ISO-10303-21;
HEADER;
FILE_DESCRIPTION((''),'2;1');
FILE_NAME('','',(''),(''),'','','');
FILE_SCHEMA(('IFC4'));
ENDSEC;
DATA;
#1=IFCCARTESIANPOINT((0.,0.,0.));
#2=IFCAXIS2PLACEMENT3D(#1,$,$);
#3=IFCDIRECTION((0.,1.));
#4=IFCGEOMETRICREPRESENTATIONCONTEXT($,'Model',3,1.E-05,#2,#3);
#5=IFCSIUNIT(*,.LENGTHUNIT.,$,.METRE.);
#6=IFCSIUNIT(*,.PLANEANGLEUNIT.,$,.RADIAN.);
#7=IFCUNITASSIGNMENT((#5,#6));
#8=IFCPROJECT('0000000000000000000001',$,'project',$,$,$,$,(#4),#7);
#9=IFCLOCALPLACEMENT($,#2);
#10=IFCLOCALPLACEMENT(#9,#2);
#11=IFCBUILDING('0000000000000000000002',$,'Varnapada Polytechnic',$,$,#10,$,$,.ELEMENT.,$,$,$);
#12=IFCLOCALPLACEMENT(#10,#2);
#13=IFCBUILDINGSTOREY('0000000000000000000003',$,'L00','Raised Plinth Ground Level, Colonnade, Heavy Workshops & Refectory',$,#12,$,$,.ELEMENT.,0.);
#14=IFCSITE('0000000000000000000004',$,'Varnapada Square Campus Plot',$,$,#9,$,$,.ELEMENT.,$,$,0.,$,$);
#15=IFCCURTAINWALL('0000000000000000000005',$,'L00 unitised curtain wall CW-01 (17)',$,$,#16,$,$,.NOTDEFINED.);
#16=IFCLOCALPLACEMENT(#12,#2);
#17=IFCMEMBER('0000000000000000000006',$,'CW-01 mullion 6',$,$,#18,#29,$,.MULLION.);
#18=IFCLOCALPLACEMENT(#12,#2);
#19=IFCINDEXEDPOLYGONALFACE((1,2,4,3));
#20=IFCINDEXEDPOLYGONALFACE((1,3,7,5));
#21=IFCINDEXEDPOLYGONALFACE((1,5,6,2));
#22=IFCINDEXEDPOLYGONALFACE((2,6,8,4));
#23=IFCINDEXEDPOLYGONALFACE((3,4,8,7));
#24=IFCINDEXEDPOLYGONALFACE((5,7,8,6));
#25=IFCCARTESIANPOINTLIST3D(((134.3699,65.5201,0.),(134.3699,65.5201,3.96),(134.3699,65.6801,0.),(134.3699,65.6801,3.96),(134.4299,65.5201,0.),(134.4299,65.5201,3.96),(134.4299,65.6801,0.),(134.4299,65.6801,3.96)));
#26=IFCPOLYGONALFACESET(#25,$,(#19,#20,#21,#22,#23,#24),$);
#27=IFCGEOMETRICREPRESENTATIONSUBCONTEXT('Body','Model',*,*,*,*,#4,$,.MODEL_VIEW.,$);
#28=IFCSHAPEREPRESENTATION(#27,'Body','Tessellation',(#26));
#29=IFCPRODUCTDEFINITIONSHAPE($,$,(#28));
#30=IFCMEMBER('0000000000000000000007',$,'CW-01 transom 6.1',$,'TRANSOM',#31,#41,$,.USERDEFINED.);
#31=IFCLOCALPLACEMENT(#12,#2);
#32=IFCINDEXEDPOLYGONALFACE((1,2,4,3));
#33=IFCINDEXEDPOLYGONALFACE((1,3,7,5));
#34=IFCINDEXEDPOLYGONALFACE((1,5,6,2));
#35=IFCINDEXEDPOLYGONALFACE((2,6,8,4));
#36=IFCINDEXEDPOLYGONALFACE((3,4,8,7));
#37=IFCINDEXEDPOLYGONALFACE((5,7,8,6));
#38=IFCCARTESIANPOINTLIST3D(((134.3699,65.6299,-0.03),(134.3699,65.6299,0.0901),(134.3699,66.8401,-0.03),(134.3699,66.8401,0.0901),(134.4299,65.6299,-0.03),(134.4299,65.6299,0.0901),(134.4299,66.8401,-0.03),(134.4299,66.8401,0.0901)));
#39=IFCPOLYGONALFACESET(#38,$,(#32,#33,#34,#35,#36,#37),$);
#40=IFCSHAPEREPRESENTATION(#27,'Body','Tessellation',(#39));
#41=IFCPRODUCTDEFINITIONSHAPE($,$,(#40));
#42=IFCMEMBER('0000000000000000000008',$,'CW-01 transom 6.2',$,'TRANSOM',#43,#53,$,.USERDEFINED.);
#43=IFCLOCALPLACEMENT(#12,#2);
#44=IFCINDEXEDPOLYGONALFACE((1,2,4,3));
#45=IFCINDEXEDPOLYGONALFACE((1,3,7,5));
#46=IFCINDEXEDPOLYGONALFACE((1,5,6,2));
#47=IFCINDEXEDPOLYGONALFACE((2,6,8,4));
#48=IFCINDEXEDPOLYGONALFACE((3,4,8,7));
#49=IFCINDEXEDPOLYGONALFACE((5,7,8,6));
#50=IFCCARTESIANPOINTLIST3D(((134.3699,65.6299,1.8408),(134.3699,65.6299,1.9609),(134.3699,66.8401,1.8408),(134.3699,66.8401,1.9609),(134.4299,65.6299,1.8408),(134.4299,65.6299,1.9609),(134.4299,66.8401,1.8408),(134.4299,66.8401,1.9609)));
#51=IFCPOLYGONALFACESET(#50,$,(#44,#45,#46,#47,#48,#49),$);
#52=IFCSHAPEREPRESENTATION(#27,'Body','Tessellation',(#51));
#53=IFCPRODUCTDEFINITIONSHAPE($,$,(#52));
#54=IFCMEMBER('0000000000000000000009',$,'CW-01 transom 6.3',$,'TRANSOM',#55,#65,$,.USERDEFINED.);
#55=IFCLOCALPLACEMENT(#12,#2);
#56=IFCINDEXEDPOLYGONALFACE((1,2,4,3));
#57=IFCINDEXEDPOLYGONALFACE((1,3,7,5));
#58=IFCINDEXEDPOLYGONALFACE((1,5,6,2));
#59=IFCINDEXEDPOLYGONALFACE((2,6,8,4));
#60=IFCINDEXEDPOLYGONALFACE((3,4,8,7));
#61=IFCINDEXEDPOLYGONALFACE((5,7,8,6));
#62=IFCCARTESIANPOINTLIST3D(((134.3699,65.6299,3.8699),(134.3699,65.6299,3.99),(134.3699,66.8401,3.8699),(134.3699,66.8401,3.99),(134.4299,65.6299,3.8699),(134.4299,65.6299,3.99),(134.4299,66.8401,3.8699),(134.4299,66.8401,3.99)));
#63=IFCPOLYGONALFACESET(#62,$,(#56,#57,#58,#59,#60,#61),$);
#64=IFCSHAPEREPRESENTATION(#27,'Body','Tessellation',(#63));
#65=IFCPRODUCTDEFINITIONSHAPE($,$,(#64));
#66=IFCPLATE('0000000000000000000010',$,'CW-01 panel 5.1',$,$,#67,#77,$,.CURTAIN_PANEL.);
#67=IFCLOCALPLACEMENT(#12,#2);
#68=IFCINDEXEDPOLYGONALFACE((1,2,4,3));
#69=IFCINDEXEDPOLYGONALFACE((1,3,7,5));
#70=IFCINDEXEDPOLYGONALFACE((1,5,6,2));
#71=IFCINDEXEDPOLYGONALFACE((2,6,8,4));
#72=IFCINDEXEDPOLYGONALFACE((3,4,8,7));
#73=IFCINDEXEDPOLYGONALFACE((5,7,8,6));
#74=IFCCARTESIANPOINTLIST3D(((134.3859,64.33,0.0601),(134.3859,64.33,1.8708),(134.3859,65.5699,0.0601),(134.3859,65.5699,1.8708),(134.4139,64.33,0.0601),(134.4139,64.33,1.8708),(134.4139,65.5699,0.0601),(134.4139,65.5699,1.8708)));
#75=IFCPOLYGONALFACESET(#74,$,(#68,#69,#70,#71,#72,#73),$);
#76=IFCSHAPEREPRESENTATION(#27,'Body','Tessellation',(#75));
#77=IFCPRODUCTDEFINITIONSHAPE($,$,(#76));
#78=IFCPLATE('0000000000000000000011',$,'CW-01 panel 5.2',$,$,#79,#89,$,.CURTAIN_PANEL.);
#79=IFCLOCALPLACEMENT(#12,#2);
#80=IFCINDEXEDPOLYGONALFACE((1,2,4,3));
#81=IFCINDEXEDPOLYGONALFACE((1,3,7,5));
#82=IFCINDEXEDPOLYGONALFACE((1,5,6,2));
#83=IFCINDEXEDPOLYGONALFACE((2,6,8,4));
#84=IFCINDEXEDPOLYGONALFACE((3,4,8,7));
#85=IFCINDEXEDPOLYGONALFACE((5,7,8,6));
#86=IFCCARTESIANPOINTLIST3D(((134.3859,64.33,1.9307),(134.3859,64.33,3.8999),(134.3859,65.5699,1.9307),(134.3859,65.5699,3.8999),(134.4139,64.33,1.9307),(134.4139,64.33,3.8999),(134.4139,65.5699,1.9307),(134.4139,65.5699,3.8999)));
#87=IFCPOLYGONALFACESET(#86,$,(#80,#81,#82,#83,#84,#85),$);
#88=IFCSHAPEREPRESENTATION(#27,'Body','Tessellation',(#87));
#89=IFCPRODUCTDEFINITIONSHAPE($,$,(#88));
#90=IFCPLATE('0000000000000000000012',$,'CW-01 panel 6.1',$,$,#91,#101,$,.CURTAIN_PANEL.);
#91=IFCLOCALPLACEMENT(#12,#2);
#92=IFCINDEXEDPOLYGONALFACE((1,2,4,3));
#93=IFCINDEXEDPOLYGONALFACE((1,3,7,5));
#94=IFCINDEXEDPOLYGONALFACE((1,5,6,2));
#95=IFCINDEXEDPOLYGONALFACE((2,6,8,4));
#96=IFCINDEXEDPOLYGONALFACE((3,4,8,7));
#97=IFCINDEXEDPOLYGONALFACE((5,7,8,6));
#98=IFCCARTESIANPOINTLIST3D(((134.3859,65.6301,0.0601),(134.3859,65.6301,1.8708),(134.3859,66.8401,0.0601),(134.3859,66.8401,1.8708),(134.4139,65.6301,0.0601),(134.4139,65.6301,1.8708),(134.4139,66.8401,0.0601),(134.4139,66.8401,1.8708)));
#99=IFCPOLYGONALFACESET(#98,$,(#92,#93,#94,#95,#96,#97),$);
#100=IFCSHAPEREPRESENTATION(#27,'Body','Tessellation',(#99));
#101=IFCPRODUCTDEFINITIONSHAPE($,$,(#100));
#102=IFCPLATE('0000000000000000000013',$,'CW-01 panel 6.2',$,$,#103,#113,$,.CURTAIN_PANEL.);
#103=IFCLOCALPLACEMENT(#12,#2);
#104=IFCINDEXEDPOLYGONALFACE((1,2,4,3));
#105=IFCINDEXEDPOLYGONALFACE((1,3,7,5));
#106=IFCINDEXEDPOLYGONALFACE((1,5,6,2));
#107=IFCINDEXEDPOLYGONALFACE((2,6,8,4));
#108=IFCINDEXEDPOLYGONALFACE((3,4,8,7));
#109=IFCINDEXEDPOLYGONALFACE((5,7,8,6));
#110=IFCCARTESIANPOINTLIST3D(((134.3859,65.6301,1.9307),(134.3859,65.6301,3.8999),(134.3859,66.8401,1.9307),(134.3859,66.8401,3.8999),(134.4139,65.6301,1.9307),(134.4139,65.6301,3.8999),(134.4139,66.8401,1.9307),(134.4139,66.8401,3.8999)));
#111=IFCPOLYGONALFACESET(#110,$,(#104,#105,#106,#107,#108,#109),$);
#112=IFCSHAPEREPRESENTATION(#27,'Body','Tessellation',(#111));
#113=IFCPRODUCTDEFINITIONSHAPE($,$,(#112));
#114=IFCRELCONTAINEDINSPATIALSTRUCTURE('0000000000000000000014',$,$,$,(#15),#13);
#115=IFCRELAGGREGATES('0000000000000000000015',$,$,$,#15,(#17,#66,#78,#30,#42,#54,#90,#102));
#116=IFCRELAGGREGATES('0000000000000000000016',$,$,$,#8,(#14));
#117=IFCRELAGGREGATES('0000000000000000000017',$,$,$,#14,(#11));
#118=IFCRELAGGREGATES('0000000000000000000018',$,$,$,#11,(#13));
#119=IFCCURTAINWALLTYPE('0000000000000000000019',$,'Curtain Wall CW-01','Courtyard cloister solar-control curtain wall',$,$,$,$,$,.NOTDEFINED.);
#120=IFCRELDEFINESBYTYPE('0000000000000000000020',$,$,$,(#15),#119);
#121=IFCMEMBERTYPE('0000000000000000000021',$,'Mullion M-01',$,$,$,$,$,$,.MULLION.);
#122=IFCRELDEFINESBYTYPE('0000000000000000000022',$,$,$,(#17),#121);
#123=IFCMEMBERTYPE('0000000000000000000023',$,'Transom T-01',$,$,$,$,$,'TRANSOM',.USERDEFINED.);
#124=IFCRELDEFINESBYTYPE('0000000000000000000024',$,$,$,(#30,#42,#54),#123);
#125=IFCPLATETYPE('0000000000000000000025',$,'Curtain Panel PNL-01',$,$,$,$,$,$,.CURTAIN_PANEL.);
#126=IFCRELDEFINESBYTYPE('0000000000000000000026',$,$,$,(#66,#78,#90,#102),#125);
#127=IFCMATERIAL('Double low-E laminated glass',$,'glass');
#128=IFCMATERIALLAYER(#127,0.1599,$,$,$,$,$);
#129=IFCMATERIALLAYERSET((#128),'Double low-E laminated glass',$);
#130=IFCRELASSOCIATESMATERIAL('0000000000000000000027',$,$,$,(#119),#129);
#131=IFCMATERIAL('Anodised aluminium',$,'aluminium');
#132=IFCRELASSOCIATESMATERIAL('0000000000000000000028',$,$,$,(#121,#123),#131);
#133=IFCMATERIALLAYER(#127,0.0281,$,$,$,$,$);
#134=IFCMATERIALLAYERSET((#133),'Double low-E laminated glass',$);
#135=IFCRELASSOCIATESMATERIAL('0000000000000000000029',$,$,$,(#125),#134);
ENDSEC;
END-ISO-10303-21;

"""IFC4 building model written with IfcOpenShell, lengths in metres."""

from ifc_helpers import new_model, si_unit, direction, frame, origin, origin_2d, place, context, subcontext, project, spatial, rectangle, extrude, material, layer, layer_set, material_profile, profile_set, type_object, element, aggregate, save


model = new_model("IFC4")

# Units and contexts
model_context = context("Model", 3, precision=1e-05, world=origin(), true_north=direction((0.0, 1.0)))
body_context = subcontext(model_context, "Body", "Model", "MODEL_VIEW")
ifc_project = project(units=[si_unit("LENGTHUNIT", "METRE"), si_unit("PLANEANGLEUNIT", "RADIAN")], contexts=[model_context])

# Site, building, storey
site_placement = place(None, origin())
site = spatial("IfcSite", under=ifc_project, at=site_placement, Name="Varnapada Square Campus Plot", CompositionType="ELEMENT", RefElevation=0.0)
building_placement = place(site_placement, origin())
building = spatial("IfcBuilding", under=site, at=building_placement, Name="Varnapada Polytechnic", CompositionType="ELEMENT")
storey_placement = place(building_placement, origin())
storey = spatial("IfcBuildingStorey", under=building, at=storey_placement, Name="L00", Description="Raised Plinth Ground Level, Colonnade, Heavy Workshops & Refectory", CompositionType="ELEMENT", Elevation=0.0)

# Curtain wall, members, plates
ifc_material_1 = material(Name="Double low-E laminated glass", Category="glass")
ifc_layer_1 = layer(ifc_material_1, 0.1599)
ifc_layer_set_1 = layer_set([ifc_layer_1], Name="Double low-E laminated glass")
curtain_wall_type = type_object("IfcCurtainWallType", Name="Curtain Wall CW-01", Description="Courtyard cloister solar-control curtain wall", PredefinedType="NOTDEFINED", material=ifc_layer_set_1)
curtain_wall_placement = place(storey_placement, origin())
curtain_wall = element("IfcCurtainWall", 1, at=curtain_wall_placement, inside=storey, type_object=curtain_wall_type, Name="L00 unitised curtain wall CW-01 (17)", PredefinedType="NOTDEFINED")
ifc_material_2 = material(Name="Anodised aluminium", Category="aluminium")
ifc_material_profile_1 = material_profile(ifc_material_2, rectangle(XDim=0.0601, YDim=0.1599, at=origin_2d()), Name="ALU M60x160")
ifc_profile_set_1 = profile_set([ifc_material_profile_1], Name="Anodised aluminium")
member_type_1 = type_object("IfcMemberType", Name="Mullion M-01", PredefinedType="MULLION", material=ifc_profile_set_1)
member_1_placement = place(storey_placement, frame((134.3999, 65.6001, 0.0), z_axis=(0.0, 0.0, 1.0), x_axis=(-1.0, 0.0, 0.0)))
member_1 = element("IfcMember", 2, at=member_1_placement, type_object=member_type_1, Name="CW-01 mullion 6", PredefinedType="MULLION", context=body_context, shape_type="SweptSolid", body=[
    extrude(rectangle(XDim=0.0601, YDim=0.1599, at=origin_2d()), origin(), (0.0, 0.0, 1.0), 3.96),
])
ifc_material_profile_2 = material_profile(ifc_material_2, rectangle(XDim=0.0601, YDim=0.1201, at=origin_2d()), Name="ALU T60x120")
ifc_profile_set_2 = profile_set([ifc_material_profile_2], Name="Anodised aluminium")
member_type_2 = type_object("IfcMemberType", Name="Transom T-01", ElementType="TRANSOM", PredefinedType="USERDEFINED", material=ifc_profile_set_2)
member_2_placement = place(storey_placement, frame((134.3999, 65.6299, 0.03), z_axis=(0.0, 1.0, 0.0), x_axis=(-1.0, 0.0, 0.0)))
member_2 = element("IfcMember", 3, at=member_2_placement, type_object=member_type_2, Name="CW-01 transom 6.1", ObjectType="TRANSOM", PredefinedType="USERDEFINED", context=body_context, shape_type="SweptSolid", body=[
    extrude(rectangle(XDim=0.0601, YDim=0.1201, at=origin_2d()), origin(), (0.0, 0.0, 1.0), 1.2102),
])
member_3_placement = place(storey_placement, frame((134.3999, 65.6299, 1.9009), z_axis=(0.0, 1.0, 0.0), x_axis=(-1.0, 0.0, 0.0)))
member_3 = element("IfcMember", 4, at=member_3_placement, type_object=member_type_2, Name="CW-01 transom 6.2", ObjectType="TRANSOM", PredefinedType="USERDEFINED", context=body_context, shape_type="SweptSolid", body=[
    extrude(rectangle(XDim=0.0601, YDim=0.1201, at=origin_2d()), origin(), (0.0, 0.0, 1.0), 1.2102),
])
member_4_placement = place(storey_placement, frame((134.3999, 65.6299, 3.9299), z_axis=(0.0, 1.0, 0.0), x_axis=(-1.0, 0.0, 0.0)))
member_4 = element("IfcMember", 5, at=member_4_placement, type_object=member_type_2, Name="CW-01 transom 6.3", ObjectType="TRANSOM", PredefinedType="USERDEFINED", context=body_context, shape_type="SweptSolid", body=[
    extrude(rectangle(XDim=0.0601, YDim=0.1201, at=origin_2d()), origin(), (0.0, 0.0, 1.0), 1.2102),
])
ifc_layer_2 = layer(ifc_material_1, 0.0281)
ifc_layer_set_2 = layer_set([ifc_layer_2], Name="Double low-E laminated glass")
plate_type = type_object("IfcPlateType", Name="Curtain Panel PNL-01", PredefinedType="CURTAIN_PANEL", material=ifc_layer_set_2)
plate_1_placement = place(storey_placement, frame((134.3999, 64.95, 0.0601), z_axis=(0.0, 0.0, 1.0), x_axis=(0.0, 1.0, 0.0)))
plate_1 = element("IfcPlate", 6, at=plate_1_placement, type_object=plate_type, Name="CW-01 panel 5.1", PredefinedType="CURTAIN_PANEL", context=body_context, shape_type="SweptSolid", body=[
    extrude(rectangle(XDim=1.24, YDim=0.0281, at=origin_2d()), origin(), (0.0, 0.0, 1.0), 1.8108),
])
plate_2_placement = place(storey_placement, frame((134.3999, 64.95, 1.9307), z_axis=(0.0, 0.0, 1.0), x_axis=(0.0, 1.0, 0.0)))
plate_2 = element("IfcPlate", 7, at=plate_2_placement, type_object=plate_type, Name="CW-01 panel 5.2", PredefinedType="CURTAIN_PANEL", context=body_context, shape_type="SweptSolid", body=[
    extrude(rectangle(XDim=1.24, YDim=0.0281, at=origin_2d()), origin(), (0.0, 0.0, 1.0), 1.9692),
])
plate_3_placement = place(storey_placement, frame((134.3999, 66.2351, 0.0601), z_axis=(0.0, 0.0, 1.0), x_axis=(0.0, 1.0, 0.0)))
plate_3 = element("IfcPlate", 8, at=plate_3_placement, type_object=plate_type, Name="CW-01 panel 6.1", PredefinedType="CURTAIN_PANEL", context=body_context, shape_type="SweptSolid", body=[
    extrude(rectangle(XDim=1.21, YDim=0.0281, at=origin_2d()), origin(), (0.0, 0.0, 1.0), 1.8108),
])
plate_4_placement = place(storey_placement, frame((134.3999, 66.2351, 1.9307), z_axis=(0.0, 0.0, 1.0), x_axis=(0.0, 1.0, 0.0)))
plate_4 = element("IfcPlate", 9, at=plate_4_placement, type_object=plate_type, Name="CW-01 panel 6.2", PredefinedType="CURTAIN_PANEL", context=body_context, shape_type="SweptSolid", body=[
    extrude(rectangle(XDim=1.21, YDim=0.0281, at=origin_2d()), origin(), (0.0, 0.0, 1.0), 1.9692),
])
aggregate(curtain_wall, [member_1, plate_1, plate_2, member_2, member_3, member_4, plate_3, plate_4])

save(model, "model.ifc")
